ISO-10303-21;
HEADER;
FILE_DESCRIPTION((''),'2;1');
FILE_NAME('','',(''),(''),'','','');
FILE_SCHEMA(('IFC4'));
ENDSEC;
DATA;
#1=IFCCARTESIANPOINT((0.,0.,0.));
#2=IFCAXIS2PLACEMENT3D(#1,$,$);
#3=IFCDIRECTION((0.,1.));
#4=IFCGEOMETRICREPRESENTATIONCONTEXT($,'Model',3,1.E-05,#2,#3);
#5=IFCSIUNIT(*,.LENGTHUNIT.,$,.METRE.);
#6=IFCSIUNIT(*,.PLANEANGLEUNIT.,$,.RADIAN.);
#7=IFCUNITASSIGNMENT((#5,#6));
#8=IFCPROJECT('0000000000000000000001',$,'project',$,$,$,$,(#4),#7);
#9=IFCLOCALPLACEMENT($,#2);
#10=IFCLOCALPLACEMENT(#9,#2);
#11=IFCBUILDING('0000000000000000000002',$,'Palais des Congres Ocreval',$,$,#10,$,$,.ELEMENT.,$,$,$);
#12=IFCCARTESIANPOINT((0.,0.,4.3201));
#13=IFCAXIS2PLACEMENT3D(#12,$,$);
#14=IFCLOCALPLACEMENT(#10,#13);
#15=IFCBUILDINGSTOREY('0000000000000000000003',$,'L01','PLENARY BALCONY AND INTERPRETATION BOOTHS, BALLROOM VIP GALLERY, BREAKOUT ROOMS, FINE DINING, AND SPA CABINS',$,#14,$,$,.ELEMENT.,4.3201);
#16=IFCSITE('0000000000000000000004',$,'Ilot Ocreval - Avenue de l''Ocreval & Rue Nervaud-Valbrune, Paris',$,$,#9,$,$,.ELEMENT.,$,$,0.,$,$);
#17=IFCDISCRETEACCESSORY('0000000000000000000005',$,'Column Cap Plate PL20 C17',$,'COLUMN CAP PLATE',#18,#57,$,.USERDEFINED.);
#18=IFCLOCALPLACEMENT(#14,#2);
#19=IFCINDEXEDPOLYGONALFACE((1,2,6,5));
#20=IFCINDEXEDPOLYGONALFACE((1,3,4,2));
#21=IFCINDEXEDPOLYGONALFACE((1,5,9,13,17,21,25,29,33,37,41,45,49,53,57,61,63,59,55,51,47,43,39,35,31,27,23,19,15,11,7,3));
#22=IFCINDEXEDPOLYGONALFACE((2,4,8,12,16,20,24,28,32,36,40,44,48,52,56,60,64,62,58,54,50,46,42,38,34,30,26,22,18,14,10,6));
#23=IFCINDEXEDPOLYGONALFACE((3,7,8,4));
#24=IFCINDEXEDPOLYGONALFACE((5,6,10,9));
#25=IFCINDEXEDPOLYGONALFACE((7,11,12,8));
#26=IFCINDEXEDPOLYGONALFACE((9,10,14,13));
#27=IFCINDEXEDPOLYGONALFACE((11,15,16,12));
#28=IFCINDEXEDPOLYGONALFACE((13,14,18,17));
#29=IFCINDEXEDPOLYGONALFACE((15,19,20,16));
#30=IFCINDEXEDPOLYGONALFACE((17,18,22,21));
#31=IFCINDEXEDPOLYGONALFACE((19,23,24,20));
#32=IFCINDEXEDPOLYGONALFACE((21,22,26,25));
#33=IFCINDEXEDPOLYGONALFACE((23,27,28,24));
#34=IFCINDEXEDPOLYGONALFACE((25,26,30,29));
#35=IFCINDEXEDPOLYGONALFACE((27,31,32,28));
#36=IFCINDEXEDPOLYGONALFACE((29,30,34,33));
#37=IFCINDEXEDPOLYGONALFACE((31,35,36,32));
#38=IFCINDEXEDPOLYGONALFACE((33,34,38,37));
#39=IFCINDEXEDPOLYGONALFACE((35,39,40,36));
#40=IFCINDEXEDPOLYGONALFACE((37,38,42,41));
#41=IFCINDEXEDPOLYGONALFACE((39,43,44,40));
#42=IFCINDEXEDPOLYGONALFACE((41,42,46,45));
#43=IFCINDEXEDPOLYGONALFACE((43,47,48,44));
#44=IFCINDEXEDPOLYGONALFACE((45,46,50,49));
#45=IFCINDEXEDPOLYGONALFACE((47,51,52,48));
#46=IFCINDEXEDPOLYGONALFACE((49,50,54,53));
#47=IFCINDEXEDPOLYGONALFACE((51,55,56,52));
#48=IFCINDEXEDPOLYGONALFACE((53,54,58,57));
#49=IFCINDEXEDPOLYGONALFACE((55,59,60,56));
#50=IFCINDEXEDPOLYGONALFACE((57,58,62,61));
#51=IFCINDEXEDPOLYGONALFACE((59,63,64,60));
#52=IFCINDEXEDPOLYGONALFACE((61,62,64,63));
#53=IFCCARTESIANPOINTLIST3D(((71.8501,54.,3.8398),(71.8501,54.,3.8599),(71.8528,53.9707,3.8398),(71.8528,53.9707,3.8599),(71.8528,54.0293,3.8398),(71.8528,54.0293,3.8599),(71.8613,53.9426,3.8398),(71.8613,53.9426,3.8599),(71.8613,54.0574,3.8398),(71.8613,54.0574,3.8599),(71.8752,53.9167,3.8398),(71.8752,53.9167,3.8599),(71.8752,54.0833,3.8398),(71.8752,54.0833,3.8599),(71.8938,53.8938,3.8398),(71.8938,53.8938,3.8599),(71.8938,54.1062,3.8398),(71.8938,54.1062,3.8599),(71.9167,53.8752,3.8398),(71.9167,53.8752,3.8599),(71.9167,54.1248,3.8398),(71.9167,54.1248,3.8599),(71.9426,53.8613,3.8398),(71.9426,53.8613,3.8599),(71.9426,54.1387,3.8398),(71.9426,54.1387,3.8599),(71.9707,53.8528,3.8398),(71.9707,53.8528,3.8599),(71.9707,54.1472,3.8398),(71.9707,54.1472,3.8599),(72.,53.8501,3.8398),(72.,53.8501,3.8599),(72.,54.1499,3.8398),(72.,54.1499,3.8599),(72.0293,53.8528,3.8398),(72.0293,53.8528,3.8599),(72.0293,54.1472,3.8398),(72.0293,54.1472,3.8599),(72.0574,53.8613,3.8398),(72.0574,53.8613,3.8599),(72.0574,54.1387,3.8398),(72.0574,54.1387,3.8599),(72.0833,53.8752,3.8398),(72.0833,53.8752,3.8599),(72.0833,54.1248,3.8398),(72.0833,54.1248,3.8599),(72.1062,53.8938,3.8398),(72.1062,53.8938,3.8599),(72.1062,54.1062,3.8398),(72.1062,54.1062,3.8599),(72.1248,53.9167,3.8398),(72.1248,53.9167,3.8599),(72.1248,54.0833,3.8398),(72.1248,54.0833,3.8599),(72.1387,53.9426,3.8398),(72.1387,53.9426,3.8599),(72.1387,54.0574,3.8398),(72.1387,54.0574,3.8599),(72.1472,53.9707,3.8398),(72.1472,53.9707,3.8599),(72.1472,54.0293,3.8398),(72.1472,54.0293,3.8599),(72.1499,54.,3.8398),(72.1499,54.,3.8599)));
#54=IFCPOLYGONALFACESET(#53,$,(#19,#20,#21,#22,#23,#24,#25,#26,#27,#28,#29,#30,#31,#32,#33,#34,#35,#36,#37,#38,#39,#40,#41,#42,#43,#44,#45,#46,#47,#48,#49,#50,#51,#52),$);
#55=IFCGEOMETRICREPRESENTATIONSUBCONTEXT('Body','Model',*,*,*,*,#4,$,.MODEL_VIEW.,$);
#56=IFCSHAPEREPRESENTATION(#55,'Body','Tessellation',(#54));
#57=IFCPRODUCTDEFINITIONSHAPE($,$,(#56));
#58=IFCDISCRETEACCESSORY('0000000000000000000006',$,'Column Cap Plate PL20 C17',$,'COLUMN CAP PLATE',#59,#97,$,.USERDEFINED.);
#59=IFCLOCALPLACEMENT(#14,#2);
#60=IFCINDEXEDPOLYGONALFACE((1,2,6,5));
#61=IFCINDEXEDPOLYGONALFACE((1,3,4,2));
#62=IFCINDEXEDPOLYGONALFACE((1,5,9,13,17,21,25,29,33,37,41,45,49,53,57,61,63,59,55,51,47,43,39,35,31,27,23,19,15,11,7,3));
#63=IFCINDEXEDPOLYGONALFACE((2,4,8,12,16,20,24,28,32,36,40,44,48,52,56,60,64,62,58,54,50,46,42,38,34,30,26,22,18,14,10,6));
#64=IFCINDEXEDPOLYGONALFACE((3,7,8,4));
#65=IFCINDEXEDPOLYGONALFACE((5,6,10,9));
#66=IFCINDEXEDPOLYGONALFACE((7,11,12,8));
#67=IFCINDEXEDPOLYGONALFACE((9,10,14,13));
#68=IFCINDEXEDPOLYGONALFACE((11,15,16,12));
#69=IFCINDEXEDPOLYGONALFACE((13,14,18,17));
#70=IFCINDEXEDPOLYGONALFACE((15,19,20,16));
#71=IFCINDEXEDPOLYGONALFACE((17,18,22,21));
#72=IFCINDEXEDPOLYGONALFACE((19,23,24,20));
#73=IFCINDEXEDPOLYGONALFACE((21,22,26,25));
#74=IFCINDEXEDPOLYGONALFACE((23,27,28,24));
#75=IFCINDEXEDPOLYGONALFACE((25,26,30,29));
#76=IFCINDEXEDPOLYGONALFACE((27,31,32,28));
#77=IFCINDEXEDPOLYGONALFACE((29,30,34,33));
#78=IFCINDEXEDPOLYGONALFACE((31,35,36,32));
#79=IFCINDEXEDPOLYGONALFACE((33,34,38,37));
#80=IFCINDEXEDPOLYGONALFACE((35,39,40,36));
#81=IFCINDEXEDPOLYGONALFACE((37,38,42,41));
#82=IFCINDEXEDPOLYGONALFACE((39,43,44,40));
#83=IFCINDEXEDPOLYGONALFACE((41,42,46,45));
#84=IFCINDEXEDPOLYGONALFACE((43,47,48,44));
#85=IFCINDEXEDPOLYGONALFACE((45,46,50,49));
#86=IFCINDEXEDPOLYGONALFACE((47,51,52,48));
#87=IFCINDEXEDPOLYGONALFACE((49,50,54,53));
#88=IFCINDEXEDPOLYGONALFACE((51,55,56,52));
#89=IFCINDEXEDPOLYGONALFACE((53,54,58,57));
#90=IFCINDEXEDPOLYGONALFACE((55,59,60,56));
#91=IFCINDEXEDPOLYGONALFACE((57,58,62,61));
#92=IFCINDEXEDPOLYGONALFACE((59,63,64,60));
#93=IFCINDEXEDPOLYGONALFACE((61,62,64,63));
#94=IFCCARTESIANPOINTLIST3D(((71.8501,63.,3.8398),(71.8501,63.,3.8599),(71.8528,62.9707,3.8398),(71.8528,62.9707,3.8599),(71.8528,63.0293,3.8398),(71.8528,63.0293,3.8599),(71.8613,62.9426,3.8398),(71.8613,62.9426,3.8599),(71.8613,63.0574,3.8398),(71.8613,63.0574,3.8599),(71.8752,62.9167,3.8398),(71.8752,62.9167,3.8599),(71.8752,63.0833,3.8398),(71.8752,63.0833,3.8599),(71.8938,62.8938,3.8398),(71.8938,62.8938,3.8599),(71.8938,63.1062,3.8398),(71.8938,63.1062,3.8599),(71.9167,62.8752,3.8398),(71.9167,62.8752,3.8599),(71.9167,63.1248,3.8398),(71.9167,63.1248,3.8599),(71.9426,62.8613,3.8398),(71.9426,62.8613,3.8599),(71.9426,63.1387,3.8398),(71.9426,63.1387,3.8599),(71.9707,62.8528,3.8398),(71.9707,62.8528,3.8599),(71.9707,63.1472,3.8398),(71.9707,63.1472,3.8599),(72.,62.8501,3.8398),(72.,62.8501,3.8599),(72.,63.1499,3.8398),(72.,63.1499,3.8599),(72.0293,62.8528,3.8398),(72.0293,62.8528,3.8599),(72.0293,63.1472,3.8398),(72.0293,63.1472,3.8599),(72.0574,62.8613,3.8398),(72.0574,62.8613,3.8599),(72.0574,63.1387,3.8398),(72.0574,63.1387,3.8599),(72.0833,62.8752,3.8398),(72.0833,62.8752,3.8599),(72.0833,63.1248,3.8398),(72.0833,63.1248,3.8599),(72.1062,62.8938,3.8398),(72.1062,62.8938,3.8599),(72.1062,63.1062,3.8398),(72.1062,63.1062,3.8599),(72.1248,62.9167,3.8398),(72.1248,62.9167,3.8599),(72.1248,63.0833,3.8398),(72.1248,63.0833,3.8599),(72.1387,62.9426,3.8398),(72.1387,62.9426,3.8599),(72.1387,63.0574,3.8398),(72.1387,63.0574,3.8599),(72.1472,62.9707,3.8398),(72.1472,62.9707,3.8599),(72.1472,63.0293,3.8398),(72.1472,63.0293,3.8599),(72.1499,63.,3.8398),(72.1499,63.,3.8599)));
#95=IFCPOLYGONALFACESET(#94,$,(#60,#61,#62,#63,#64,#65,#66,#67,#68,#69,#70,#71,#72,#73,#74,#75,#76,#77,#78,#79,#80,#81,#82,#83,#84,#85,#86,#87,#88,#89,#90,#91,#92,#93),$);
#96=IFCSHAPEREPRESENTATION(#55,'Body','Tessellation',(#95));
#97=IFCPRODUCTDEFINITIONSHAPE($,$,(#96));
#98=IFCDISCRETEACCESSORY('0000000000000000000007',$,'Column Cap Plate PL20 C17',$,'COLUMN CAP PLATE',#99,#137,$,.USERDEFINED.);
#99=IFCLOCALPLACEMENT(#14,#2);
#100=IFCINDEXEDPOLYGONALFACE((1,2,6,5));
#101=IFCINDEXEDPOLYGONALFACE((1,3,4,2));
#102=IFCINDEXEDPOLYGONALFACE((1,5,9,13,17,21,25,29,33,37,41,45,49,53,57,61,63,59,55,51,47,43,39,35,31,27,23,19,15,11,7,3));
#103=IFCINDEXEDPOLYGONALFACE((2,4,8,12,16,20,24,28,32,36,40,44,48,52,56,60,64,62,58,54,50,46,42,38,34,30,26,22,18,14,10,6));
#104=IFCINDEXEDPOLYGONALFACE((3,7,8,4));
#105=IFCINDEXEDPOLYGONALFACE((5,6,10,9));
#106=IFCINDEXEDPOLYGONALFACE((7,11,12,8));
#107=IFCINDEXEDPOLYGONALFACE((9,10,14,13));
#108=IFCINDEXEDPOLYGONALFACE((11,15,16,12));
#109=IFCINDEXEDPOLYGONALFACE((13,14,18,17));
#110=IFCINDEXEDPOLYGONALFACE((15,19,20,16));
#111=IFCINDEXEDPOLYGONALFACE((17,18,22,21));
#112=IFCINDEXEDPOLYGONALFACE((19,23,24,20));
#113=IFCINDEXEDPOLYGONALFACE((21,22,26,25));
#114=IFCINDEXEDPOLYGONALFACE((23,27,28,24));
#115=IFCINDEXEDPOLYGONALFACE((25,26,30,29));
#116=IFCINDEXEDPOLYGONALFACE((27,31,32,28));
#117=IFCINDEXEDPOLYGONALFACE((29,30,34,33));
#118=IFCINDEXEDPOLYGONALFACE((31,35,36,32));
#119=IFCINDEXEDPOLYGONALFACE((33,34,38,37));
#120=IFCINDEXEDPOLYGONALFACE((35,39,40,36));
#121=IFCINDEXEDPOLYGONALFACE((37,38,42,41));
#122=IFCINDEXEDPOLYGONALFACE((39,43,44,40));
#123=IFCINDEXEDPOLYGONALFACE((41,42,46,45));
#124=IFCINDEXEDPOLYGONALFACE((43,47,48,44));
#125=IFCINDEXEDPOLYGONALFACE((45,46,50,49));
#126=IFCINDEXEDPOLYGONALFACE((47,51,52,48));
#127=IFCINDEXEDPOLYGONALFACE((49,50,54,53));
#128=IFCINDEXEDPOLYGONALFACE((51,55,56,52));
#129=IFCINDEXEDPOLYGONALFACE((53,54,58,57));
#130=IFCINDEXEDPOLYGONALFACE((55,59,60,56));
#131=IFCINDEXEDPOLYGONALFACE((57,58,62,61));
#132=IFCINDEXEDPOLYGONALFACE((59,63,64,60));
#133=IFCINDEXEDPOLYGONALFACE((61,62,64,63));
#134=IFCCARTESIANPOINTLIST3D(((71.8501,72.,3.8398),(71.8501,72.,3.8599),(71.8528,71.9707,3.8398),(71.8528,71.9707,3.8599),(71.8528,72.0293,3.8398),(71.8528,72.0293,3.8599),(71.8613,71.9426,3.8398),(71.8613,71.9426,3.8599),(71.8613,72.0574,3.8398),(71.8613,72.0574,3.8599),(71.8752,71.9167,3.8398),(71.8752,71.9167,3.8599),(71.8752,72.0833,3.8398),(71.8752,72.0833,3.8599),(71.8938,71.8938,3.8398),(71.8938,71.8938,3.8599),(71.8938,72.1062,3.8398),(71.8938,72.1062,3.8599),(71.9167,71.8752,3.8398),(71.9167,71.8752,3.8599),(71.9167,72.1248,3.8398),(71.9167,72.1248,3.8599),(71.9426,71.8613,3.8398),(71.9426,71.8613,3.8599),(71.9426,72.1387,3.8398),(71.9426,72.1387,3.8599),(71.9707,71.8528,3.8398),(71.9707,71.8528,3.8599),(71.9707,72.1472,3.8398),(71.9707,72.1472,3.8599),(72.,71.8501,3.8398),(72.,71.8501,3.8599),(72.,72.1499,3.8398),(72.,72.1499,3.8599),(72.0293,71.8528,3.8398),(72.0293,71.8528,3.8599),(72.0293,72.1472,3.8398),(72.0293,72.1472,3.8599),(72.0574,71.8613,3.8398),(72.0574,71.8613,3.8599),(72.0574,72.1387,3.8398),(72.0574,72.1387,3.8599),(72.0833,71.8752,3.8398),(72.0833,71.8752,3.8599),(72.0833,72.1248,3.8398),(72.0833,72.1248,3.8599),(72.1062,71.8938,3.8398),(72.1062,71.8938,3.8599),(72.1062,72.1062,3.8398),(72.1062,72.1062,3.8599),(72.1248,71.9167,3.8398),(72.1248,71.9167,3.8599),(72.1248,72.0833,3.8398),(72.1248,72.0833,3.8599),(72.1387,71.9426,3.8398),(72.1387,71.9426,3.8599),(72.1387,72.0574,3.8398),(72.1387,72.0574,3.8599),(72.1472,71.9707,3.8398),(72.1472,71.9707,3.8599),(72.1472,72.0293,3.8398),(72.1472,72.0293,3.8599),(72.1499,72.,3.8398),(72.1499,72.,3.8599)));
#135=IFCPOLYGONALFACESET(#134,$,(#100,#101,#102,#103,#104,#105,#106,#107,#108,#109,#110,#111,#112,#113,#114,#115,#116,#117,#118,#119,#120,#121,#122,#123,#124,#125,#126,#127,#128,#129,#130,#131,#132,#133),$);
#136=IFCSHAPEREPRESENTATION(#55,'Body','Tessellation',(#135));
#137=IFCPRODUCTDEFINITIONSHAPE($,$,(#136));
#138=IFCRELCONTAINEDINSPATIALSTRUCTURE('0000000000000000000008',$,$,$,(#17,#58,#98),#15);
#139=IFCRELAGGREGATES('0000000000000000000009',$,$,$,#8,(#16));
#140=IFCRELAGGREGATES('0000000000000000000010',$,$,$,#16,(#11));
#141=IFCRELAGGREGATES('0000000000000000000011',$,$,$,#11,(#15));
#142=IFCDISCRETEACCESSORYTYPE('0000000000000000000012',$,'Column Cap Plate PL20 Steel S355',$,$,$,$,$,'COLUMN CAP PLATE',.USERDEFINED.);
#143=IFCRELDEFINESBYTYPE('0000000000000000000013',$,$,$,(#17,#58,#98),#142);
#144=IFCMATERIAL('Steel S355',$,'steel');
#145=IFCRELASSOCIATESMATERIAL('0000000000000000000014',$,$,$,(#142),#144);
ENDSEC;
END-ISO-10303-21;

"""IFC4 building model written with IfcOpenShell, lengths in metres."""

from ifc_helpers import new_model, si_unit, direction, frame, origin, place, context, subcontext, project, spatial, polyline, outline, extrude, material, type_object, element, save


model = new_model("IFC4")

# Units and contexts
model_context = context("Model", 3, precision=1e-05, world=origin(), true_north=direction((0.0, 1.0)))
body_context = subcontext(model_context, "Body", "Model", "MODEL_VIEW")
ifc_project = project(units=[si_unit("LENGTHUNIT", "METRE"), si_unit("PLANEANGLEUNIT", "RADIAN")], contexts=[model_context])

# Site, building, storey
site_placement = place(None, origin())
site = spatial("IfcSite", under=ifc_project, at=site_placement, Name="Ilot Ocreval - Avenue de l'Ocreval & Rue Nervaud-Valbrune, Paris", CompositionType="ELEMENT", RefElevation=0.0)
building_placement = place(site_placement, origin())
building = spatial("IfcBuilding", under=site, at=building_placement, Name="Palais des Congres Ocreval", CompositionType="ELEMENT")
storey_placement = place(building_placement, frame((0.0, 0.0, 4.3201)))
storey = spatial("IfcBuildingStorey", under=building, at=storey_placement, Name="L01", Description="PLENARY BALCONY AND INTERPRETATION BOOTHS, BALLROOM VIP GALLERY, BREAKOUT ROOMS, FINE DINING, AND SPA CABINS", CompositionType="ELEMENT", Elevation=4.3201)

# Discrete accessories
ifc_material_1 = material(Name="Steel S355", Category="steel")
discrete_accessory_type = type_object("IfcDiscreteAccessoryType", Name="Column Cap Plate PL20 Steel S355", ElementType="COLUMN CAP PLATE", PredefinedType="USERDEFINED", material=ifc_material_1)
discrete_accessory_1_placement = place(storey_placement, frame((0.0, 0.0, 3.8398)))
element("IfcDiscreteAccessory", 1, at=discrete_accessory_1_placement, inside=storey, type_object=discrete_accessory_type, Name="Column Cap Plate PL20 C17", ObjectType="COLUMN CAP PLATE", PredefinedType="USERDEFINED", context=body_context, shape_type="SweptSolid", body=[
    extrude(outline(polyline([(72.1499, 54.0), (72.1472, 54.0293), (72.1387, 54.0574), (72.1248, 54.0833), (72.1062, 54.1062), (72.0833, 54.1248), (72.0574, 54.1387), (72.0293, 54.1472), (72.0, 54.1499), (71.9707, 54.1472), (71.9426, 54.1387), (71.9167, 54.1248), (71.8938, 54.1062), (71.8752, 54.0833), (71.8613, 54.0574), (71.8528, 54.0293), (71.8501, 54.0), (71.8528, 53.9707), (71.8613, 53.9426), (71.8752, 53.9167), (71.8938, 53.8938), (71.9167, 53.8752), (71.9426, 53.8613), (71.9707, 53.8528), (72.0, 53.8501), (72.0293, 53.8528), (72.0574, 53.8613), (72.0833, 53.8752), (72.1062, 53.8938), (72.1248, 53.9167), (72.1387, 53.9426), (72.1472, 53.9707), (72.1499, 54.0)])), origin(), (0.0, 0.0, 1.0), 0.02),
])
discrete_accessory_2_placement = place(storey_placement, frame((0.0, 0.0, 3.8398)))
element("IfcDiscreteAccessory", 2, at=discrete_accessory_2_placement, inside=storey, type_object=discrete_accessory_type, Name="Column Cap Plate PL20 C17", ObjectType="COLUMN CAP PLATE", PredefinedType="USERDEFINED", context=body_context, shape_type="SweptSolid", body=[
    extrude(outline(polyline([(72.1499, 63.0), (72.1472, 63.0293), (72.1387, 63.0574), (72.1248, 63.0833), (72.1062, 63.1062), (72.0833, 63.1248), (72.0574, 63.1387), (72.0293, 63.1472), (72.0, 63.1499), (71.9707, 63.1472), (71.9426, 63.1387), (71.9167, 63.1248), (71.8938, 63.1062), (71.8752, 63.0833), (71.8613, 63.0574), (71.8528, 63.0293), (71.8501, 63.0), (71.8528, 62.9707), (71.8613, 62.9426), (71.8752, 62.9167), (71.8938, 62.8938), (71.9167, 62.8752), (71.9426, 62.8613), (71.9707, 62.8528), (72.0, 62.8501), (72.0293, 62.8528), (72.0574, 62.8613), (72.0833, 62.8752), (72.1062, 62.8938), (72.1248, 62.9167), (72.1387, 62.9426), (72.1472, 62.9707), (72.1499, 63.0)])), origin(), (0.0, 0.0, 1.0), 0.02),
])
discrete_accessory_3_placement = place(storey_placement, frame((0.0, 0.0, 3.8398)))
element("IfcDiscreteAccessory", 3, at=discrete_accessory_3_placement, inside=storey, type_object=discrete_accessory_type, Name="Column Cap Plate PL20 C17", ObjectType="COLUMN CAP PLATE", PredefinedType="USERDEFINED", context=body_context, shape_type="SweptSolid", body=[
    extrude(outline(polyline([(72.1499, 72.0), (72.1472, 72.0293), (72.1387, 72.0574), (72.1248, 72.0833), (72.1062, 72.1062), (72.0833, 72.1248), (72.0574, 72.1387), (72.0293, 72.1472), (72.0, 72.1499), (71.9707, 72.1472), (71.9426, 72.1387), (71.9167, 72.1248), (71.8938, 72.1062), (71.8752, 72.0833), (71.8613, 72.0574), (71.8528, 72.0293), (71.8501, 72.0), (71.8528, 71.9707), (71.8613, 71.9426), (71.8752, 71.9167), (71.8938, 71.8938), (71.9167, 71.8752), (71.9426, 71.8613), (71.9707, 71.8528), (72.0, 71.8501), (72.0293, 71.8528), (72.0574, 71.8613), (72.0833, 71.8752), (72.1062, 71.8938), (72.1248, 71.9167), (72.1387, 71.9426), (72.1472, 71.9707), (72.1499, 72.0)])), origin(), (0.0, 0.0, 1.0), 0.02),
])

save(model, "model.ifc")
